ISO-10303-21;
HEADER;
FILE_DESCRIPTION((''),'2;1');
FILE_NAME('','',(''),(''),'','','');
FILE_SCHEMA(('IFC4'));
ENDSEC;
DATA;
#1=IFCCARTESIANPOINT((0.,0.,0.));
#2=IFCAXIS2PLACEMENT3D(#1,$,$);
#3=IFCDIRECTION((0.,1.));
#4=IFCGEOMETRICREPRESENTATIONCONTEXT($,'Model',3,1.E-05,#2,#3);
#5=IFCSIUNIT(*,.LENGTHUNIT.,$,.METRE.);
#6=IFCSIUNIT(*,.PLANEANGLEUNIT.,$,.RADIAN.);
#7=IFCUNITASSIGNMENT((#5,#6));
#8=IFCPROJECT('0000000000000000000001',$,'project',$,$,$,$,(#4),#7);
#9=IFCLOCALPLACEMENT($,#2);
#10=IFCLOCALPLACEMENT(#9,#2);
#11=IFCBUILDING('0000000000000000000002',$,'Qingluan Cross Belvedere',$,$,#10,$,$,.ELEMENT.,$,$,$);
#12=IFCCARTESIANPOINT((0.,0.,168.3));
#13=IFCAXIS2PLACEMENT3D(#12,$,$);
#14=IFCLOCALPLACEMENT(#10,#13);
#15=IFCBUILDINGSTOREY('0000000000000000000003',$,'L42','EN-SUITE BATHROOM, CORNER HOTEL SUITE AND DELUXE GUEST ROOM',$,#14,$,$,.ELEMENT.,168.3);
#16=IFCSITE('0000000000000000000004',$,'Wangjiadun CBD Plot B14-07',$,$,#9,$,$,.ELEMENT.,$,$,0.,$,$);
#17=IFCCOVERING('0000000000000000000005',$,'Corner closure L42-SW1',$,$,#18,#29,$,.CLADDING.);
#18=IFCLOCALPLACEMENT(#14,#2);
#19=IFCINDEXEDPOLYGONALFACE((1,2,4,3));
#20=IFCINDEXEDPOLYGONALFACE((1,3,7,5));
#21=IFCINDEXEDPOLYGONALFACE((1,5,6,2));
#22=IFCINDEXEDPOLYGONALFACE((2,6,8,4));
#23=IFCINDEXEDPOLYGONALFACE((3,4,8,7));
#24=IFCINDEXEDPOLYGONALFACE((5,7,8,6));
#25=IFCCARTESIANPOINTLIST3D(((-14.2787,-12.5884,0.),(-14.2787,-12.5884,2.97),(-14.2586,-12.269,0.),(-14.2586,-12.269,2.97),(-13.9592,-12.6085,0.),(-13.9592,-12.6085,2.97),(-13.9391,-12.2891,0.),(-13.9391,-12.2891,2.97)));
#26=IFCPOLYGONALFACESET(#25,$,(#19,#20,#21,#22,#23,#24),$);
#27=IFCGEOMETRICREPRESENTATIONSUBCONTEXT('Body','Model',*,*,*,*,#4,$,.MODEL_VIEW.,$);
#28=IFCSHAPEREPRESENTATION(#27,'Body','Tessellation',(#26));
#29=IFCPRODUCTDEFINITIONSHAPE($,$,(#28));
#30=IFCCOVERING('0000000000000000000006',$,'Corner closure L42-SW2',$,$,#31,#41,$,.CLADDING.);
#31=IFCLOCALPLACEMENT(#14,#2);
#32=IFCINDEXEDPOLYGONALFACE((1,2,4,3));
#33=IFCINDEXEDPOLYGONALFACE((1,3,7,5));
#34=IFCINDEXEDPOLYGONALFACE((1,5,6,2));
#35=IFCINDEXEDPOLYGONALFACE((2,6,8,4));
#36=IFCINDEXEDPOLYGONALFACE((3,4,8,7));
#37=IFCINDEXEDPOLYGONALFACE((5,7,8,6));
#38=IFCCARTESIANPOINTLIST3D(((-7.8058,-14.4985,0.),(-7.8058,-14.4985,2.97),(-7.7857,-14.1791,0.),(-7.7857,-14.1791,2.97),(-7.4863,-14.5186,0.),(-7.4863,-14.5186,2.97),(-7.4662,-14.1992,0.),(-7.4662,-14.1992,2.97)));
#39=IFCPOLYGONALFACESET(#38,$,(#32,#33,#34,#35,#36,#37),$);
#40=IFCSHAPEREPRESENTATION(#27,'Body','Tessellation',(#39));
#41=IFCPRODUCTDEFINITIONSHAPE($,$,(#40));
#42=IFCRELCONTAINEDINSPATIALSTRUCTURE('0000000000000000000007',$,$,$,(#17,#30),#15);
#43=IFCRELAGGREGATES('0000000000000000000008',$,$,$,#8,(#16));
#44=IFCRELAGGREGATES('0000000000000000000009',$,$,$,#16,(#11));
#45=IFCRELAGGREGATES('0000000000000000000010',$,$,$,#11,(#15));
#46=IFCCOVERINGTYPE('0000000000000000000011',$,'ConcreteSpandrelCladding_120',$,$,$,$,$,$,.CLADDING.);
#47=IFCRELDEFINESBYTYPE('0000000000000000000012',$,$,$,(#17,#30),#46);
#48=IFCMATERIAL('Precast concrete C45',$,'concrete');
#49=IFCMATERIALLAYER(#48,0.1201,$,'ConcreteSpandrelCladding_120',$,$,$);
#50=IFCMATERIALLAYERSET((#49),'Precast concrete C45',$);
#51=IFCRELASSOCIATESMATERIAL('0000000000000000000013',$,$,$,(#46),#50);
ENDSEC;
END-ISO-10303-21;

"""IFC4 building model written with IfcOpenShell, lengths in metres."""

from ifc_helpers import new_model, si_unit, direction, frame, origin, origin_2d, place, context, subcontext, project, spatial, rectangle, extrude, material, layer, layer_set, type_object, element, save


model = new_model("IFC4")

# Units and contexts
model_context = context("Model", 3, precision=1e-05, world=origin(), true_north=direction((0.0, 1.0)))
body_context = subcontext(model_context, "Body", "Model", "MODEL_VIEW")
ifc_project = project(units=[si_unit("LENGTHUNIT", "METRE"), si_unit("PLANEANGLEUNIT", "RADIAN")], contexts=[model_context])

# Site, building, storey
site_placement = place(None, origin())
site = spatial("IfcSite", under=ifc_project, at=site_placement, Name="Wangjiadun CBD Plot B14-07", CompositionType="ELEMENT", RefElevation=0.0)
building_placement = place(site_placement, origin())
building = spatial("IfcBuilding", under=site, at=building_placement, Name="Qingluan Cross Belvedere", CompositionType="ELEMENT")
storey_placement = place(building_placement, frame((0.0, 0.0, 168.3)))
storey = spatial("IfcBuildingStorey", under=building, at=storey_placement, Name="L42", Description="EN-SUITE BATHROOM, CORNER HOTEL SUITE AND DELUXE GUEST ROOM", CompositionType="ELEMENT", Elevation=168.3)

# Coverings
ifc_material_1 = material(Name="Precast concrete C45", Category="concrete")
ifc_layer_1 = layer(ifc_material_1, 0.1201, Name="ConcreteSpandrelCladding_120")
ifc_layer_set_1 = layer_set([ifc_layer_1], Name="Precast concrete C45")
covering_type = type_object("IfcCoveringType", Name="ConcreteSpandrelCladding_120", PredefinedType="CLADDING", material=ifc_layer_set_1)
for number, where, z_axis, x_axis, name in (
    (1, (-14.1089, -12.4387, 0.0), (0.0, 0.0, 1.0), (0.998027, -0.062791, 0.0), "Corner closure L42-SW1"),
    (2, (-7.636, -14.3489, 0.0), (0.0, 0.0, 1.0), (0.998027, -0.062791, 0.0), "Corner closure L42-SW2"),
):
    element("IfcCovering", number, at=place(storey_placement, frame(where, z_axis=z_axis, x_axis=x_axis)), inside=storey, type_object=covering_type, Name=name, PredefinedType="CLADDING", context=body_context, shape_type="SweptSolid", body=[
        extrude(rectangle(XDim=0.3201, YDim=0.3201, at=origin_2d()), origin(), (0.0, 0.0, 1.0), 2.97),
    ])

save(model, "model.ifc")
